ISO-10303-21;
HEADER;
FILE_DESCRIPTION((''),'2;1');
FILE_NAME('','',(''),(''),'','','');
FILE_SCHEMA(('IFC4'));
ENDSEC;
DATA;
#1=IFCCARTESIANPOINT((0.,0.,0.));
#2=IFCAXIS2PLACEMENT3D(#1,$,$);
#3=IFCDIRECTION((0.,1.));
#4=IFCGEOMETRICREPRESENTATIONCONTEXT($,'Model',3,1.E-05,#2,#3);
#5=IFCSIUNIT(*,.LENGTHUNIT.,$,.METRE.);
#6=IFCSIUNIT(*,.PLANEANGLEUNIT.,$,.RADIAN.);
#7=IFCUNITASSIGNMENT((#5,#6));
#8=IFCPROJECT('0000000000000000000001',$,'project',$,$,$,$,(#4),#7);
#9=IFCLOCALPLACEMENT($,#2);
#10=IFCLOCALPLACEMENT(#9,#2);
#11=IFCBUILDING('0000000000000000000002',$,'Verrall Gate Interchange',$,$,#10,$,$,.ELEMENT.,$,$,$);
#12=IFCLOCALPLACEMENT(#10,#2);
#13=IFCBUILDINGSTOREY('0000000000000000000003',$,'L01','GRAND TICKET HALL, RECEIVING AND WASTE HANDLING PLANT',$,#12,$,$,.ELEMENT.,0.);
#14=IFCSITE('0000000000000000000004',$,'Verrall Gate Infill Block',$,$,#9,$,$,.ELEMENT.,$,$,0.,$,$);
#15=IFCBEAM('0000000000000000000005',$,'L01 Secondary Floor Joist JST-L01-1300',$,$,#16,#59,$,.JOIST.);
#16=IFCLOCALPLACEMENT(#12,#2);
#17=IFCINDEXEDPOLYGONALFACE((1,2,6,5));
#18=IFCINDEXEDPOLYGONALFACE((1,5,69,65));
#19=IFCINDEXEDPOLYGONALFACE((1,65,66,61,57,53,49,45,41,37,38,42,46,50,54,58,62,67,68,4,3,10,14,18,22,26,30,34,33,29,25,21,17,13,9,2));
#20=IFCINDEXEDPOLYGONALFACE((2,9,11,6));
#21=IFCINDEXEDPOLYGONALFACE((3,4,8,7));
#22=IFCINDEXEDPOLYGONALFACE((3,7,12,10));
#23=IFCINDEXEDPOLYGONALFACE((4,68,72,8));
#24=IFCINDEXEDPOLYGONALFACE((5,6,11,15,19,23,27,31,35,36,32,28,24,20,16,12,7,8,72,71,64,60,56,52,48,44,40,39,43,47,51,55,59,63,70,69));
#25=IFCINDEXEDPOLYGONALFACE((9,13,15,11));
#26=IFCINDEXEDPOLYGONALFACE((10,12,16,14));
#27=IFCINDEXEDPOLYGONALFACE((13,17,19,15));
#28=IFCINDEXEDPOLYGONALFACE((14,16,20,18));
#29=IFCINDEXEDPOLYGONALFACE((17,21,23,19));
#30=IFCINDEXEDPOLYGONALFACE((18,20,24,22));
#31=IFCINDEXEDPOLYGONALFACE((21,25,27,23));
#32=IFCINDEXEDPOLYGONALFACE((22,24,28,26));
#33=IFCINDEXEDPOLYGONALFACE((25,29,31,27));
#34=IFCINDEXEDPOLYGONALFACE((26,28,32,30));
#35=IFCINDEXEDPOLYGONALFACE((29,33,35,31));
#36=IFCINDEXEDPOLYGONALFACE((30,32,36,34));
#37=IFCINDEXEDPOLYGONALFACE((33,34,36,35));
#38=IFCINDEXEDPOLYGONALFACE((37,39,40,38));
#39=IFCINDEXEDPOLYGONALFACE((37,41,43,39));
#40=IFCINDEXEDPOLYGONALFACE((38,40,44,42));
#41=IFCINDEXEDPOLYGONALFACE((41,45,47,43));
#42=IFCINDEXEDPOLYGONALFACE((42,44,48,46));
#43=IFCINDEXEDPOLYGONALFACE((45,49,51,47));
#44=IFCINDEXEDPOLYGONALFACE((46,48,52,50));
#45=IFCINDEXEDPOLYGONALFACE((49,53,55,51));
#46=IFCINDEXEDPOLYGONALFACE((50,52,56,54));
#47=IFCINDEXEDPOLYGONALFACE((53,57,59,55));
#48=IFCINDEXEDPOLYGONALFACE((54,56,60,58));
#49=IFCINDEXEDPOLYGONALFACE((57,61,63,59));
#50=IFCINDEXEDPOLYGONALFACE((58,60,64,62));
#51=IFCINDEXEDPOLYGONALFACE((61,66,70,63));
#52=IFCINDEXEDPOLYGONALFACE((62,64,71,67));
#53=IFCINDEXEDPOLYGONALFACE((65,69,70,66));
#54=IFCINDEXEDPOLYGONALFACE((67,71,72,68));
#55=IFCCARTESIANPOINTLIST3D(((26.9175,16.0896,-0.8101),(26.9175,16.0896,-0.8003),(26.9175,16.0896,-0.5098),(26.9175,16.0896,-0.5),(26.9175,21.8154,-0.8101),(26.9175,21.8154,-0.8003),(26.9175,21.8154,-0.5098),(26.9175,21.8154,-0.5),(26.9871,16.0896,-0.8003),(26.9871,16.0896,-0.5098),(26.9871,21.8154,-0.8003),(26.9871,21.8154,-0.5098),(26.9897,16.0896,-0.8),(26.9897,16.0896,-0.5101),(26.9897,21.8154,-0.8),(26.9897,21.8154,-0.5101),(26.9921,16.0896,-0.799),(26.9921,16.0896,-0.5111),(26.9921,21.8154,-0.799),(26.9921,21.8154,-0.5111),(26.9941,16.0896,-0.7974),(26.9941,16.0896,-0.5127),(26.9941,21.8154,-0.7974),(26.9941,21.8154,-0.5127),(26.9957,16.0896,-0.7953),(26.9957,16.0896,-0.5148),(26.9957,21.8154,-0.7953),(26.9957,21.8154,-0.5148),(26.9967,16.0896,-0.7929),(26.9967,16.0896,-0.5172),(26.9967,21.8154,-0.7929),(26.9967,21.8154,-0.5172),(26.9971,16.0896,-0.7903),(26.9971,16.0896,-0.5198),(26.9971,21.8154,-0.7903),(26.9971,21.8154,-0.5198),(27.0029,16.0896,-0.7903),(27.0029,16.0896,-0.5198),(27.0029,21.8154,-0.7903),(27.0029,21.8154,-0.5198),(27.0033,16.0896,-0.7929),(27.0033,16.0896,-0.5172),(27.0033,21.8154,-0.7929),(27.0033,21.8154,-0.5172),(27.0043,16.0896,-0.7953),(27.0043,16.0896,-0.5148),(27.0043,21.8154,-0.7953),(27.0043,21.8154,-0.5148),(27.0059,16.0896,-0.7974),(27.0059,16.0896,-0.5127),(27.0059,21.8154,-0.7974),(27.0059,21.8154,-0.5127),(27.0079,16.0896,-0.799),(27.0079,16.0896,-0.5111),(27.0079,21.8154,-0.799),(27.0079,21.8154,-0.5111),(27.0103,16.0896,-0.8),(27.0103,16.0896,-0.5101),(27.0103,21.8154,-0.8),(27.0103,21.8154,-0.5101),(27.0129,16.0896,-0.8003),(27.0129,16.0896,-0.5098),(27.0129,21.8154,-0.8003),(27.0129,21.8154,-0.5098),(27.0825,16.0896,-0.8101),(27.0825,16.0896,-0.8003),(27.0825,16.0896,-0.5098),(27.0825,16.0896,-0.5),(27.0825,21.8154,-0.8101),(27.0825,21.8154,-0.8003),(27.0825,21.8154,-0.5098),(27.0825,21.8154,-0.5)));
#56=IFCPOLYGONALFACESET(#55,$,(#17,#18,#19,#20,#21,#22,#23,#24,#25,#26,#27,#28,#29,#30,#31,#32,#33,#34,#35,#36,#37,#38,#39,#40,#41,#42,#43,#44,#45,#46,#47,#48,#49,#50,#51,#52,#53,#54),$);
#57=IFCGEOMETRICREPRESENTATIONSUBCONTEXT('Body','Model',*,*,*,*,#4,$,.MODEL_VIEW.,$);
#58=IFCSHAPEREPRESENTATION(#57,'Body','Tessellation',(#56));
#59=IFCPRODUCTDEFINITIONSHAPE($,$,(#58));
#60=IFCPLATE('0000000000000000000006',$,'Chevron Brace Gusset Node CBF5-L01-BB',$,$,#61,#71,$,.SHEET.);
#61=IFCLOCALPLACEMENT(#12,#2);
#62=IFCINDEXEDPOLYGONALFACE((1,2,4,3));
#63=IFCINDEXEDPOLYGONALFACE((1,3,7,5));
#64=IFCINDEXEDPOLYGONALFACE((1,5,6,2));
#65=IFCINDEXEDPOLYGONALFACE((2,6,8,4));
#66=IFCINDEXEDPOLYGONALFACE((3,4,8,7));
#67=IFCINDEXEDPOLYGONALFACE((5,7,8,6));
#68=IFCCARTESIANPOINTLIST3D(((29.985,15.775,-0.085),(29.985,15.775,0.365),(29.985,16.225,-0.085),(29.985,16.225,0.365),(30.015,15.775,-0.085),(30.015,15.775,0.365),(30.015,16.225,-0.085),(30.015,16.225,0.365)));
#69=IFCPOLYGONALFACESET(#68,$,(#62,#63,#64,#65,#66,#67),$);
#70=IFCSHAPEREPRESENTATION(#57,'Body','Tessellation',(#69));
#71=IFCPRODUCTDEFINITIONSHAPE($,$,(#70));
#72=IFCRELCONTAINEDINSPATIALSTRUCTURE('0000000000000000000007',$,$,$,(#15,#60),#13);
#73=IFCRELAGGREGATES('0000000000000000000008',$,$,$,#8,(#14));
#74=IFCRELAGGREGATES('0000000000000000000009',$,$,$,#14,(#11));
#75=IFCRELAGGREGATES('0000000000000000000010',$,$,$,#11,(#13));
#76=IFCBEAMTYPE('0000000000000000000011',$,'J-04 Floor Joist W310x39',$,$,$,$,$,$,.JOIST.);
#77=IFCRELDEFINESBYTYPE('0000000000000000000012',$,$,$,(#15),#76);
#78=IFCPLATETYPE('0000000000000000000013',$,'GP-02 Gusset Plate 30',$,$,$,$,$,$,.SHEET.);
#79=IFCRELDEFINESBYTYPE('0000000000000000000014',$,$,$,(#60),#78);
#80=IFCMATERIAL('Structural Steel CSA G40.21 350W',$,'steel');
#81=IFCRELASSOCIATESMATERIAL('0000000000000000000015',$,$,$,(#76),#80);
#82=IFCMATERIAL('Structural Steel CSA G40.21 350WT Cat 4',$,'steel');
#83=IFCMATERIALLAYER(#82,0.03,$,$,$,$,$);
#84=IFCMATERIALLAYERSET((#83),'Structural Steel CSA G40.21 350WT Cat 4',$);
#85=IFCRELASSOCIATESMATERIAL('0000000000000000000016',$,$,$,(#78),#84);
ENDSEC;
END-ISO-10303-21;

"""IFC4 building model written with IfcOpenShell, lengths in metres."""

from ifc_helpers import new_model, si_unit, direction, frame, origin, origin_2d, place, context, subcontext, project, spatial, rectangle, i_section, extrude, material, layer, layer_set, material_profile, profile_set, type_object, element, save


model = new_model("IFC4")

# Units and contexts
model_context = context("Model", 3, precision=1e-05, world=origin(), true_north=direction((0.0, 1.0)))
body_context = subcontext(model_context, "Body", "Model", "MODEL_VIEW")
ifc_project = project(units=[si_unit("LENGTHUNIT", "METRE"), si_unit("PLANEANGLEUNIT", "RADIAN")], contexts=[model_context])

# Site, building, storey
site_placement = place(None, origin())
site = spatial("IfcSite", under=ifc_project, at=site_placement, Name="Verrall Gate Infill Block", CompositionType="ELEMENT", RefElevation=0.0)
building_placement = place(site_placement, origin())
building = spatial("IfcBuilding", under=site, at=building_placement, Name="Verrall Gate Interchange", CompositionType="ELEMENT")
storey_placement = place(building_placement, origin())
storey = spatial("IfcBuildingStorey", under=building, at=storey_placement, Name="L01", Description="GRAND TICKET HALL, RECEIVING AND WASTE HANDLING PLANT", CompositionType="ELEMENT", Elevation=0.0)

# Beam
ifc_material_1 = material(Name="Structural Steel CSA G40.21 350W", Category="steel")
ifc_material_profile_1 = material_profile(ifc_material_1, i_section(OverallWidth=0.165, OverallDepth=0.3101, WebThickness=0.0059, FlangeThickness=0.0098, FilletRadius=0.01, at=origin_2d()), Name="W310x39")
ifc_profile_set_1 = profile_set([ifc_material_profile_1], Name="Structural Steel CSA G40.21 350W")
beam_type_1 = type_object("IfcBeamType", Name="J-04 Floor Joist W310x39", PredefinedType="JOIST", material=ifc_profile_set_1)
beam_1_placement = place(storey_placement, frame((27.0, 16.0896, -0.655), z_axis=(0.0, 1.0, 0.0), x_axis=(-1.0, 0.0, 0.0)))
element("IfcBeam", 1, at=beam_1_placement, inside=storey, type_object=beam_type_1, Name="L01 Secondary Floor Joist JST-L01-1300", PredefinedType="JOIST", context=body_context, shape_type="SweptSolid", body=[
    extrude(i_section(OverallWidth=0.165, OverallDepth=0.3101, WebThickness=0.0059, FlangeThickness=0.0098, FilletRadius=0.01, at=origin_2d()), origin(), (0.0, 0.0, 1.0), 5.7258),
])

# Plate
ifc_material_2 = material(Name="Structural Steel CSA G40.21 350WT Cat 4", Category="steel")
ifc_layer = layer(ifc_material_2, 0.03)
ifc_layer_set = layer_set([ifc_layer], Name="Structural Steel CSA G40.21 350WT Cat 4")
plate_type = type_object("IfcPlateType", Name="GP-02 Gusset Plate 30", PredefinedType="SHEET", material=ifc_layer_set)
plate_placement = place(storey_placement, frame((30.0, 16.0, -0.085), z_axis=(0.0, 0.0, 1.0), x_axis=(1.0, 0.0, 0.0)))
element("IfcPlate", 2, at=plate_placement, inside=storey, type_object=plate_type, Name="Chevron Brace Gusset Node CBF5-L01-BB", PredefinedType="SHEET", context=body_context, shape_type="SweptSolid", body=[
    extrude(rectangle(XDim=0.03, YDim=0.45, at=origin_2d()), origin(), (0.0, 0.0, 1.0), 0.45),
])

save(model, "model.ifc")
